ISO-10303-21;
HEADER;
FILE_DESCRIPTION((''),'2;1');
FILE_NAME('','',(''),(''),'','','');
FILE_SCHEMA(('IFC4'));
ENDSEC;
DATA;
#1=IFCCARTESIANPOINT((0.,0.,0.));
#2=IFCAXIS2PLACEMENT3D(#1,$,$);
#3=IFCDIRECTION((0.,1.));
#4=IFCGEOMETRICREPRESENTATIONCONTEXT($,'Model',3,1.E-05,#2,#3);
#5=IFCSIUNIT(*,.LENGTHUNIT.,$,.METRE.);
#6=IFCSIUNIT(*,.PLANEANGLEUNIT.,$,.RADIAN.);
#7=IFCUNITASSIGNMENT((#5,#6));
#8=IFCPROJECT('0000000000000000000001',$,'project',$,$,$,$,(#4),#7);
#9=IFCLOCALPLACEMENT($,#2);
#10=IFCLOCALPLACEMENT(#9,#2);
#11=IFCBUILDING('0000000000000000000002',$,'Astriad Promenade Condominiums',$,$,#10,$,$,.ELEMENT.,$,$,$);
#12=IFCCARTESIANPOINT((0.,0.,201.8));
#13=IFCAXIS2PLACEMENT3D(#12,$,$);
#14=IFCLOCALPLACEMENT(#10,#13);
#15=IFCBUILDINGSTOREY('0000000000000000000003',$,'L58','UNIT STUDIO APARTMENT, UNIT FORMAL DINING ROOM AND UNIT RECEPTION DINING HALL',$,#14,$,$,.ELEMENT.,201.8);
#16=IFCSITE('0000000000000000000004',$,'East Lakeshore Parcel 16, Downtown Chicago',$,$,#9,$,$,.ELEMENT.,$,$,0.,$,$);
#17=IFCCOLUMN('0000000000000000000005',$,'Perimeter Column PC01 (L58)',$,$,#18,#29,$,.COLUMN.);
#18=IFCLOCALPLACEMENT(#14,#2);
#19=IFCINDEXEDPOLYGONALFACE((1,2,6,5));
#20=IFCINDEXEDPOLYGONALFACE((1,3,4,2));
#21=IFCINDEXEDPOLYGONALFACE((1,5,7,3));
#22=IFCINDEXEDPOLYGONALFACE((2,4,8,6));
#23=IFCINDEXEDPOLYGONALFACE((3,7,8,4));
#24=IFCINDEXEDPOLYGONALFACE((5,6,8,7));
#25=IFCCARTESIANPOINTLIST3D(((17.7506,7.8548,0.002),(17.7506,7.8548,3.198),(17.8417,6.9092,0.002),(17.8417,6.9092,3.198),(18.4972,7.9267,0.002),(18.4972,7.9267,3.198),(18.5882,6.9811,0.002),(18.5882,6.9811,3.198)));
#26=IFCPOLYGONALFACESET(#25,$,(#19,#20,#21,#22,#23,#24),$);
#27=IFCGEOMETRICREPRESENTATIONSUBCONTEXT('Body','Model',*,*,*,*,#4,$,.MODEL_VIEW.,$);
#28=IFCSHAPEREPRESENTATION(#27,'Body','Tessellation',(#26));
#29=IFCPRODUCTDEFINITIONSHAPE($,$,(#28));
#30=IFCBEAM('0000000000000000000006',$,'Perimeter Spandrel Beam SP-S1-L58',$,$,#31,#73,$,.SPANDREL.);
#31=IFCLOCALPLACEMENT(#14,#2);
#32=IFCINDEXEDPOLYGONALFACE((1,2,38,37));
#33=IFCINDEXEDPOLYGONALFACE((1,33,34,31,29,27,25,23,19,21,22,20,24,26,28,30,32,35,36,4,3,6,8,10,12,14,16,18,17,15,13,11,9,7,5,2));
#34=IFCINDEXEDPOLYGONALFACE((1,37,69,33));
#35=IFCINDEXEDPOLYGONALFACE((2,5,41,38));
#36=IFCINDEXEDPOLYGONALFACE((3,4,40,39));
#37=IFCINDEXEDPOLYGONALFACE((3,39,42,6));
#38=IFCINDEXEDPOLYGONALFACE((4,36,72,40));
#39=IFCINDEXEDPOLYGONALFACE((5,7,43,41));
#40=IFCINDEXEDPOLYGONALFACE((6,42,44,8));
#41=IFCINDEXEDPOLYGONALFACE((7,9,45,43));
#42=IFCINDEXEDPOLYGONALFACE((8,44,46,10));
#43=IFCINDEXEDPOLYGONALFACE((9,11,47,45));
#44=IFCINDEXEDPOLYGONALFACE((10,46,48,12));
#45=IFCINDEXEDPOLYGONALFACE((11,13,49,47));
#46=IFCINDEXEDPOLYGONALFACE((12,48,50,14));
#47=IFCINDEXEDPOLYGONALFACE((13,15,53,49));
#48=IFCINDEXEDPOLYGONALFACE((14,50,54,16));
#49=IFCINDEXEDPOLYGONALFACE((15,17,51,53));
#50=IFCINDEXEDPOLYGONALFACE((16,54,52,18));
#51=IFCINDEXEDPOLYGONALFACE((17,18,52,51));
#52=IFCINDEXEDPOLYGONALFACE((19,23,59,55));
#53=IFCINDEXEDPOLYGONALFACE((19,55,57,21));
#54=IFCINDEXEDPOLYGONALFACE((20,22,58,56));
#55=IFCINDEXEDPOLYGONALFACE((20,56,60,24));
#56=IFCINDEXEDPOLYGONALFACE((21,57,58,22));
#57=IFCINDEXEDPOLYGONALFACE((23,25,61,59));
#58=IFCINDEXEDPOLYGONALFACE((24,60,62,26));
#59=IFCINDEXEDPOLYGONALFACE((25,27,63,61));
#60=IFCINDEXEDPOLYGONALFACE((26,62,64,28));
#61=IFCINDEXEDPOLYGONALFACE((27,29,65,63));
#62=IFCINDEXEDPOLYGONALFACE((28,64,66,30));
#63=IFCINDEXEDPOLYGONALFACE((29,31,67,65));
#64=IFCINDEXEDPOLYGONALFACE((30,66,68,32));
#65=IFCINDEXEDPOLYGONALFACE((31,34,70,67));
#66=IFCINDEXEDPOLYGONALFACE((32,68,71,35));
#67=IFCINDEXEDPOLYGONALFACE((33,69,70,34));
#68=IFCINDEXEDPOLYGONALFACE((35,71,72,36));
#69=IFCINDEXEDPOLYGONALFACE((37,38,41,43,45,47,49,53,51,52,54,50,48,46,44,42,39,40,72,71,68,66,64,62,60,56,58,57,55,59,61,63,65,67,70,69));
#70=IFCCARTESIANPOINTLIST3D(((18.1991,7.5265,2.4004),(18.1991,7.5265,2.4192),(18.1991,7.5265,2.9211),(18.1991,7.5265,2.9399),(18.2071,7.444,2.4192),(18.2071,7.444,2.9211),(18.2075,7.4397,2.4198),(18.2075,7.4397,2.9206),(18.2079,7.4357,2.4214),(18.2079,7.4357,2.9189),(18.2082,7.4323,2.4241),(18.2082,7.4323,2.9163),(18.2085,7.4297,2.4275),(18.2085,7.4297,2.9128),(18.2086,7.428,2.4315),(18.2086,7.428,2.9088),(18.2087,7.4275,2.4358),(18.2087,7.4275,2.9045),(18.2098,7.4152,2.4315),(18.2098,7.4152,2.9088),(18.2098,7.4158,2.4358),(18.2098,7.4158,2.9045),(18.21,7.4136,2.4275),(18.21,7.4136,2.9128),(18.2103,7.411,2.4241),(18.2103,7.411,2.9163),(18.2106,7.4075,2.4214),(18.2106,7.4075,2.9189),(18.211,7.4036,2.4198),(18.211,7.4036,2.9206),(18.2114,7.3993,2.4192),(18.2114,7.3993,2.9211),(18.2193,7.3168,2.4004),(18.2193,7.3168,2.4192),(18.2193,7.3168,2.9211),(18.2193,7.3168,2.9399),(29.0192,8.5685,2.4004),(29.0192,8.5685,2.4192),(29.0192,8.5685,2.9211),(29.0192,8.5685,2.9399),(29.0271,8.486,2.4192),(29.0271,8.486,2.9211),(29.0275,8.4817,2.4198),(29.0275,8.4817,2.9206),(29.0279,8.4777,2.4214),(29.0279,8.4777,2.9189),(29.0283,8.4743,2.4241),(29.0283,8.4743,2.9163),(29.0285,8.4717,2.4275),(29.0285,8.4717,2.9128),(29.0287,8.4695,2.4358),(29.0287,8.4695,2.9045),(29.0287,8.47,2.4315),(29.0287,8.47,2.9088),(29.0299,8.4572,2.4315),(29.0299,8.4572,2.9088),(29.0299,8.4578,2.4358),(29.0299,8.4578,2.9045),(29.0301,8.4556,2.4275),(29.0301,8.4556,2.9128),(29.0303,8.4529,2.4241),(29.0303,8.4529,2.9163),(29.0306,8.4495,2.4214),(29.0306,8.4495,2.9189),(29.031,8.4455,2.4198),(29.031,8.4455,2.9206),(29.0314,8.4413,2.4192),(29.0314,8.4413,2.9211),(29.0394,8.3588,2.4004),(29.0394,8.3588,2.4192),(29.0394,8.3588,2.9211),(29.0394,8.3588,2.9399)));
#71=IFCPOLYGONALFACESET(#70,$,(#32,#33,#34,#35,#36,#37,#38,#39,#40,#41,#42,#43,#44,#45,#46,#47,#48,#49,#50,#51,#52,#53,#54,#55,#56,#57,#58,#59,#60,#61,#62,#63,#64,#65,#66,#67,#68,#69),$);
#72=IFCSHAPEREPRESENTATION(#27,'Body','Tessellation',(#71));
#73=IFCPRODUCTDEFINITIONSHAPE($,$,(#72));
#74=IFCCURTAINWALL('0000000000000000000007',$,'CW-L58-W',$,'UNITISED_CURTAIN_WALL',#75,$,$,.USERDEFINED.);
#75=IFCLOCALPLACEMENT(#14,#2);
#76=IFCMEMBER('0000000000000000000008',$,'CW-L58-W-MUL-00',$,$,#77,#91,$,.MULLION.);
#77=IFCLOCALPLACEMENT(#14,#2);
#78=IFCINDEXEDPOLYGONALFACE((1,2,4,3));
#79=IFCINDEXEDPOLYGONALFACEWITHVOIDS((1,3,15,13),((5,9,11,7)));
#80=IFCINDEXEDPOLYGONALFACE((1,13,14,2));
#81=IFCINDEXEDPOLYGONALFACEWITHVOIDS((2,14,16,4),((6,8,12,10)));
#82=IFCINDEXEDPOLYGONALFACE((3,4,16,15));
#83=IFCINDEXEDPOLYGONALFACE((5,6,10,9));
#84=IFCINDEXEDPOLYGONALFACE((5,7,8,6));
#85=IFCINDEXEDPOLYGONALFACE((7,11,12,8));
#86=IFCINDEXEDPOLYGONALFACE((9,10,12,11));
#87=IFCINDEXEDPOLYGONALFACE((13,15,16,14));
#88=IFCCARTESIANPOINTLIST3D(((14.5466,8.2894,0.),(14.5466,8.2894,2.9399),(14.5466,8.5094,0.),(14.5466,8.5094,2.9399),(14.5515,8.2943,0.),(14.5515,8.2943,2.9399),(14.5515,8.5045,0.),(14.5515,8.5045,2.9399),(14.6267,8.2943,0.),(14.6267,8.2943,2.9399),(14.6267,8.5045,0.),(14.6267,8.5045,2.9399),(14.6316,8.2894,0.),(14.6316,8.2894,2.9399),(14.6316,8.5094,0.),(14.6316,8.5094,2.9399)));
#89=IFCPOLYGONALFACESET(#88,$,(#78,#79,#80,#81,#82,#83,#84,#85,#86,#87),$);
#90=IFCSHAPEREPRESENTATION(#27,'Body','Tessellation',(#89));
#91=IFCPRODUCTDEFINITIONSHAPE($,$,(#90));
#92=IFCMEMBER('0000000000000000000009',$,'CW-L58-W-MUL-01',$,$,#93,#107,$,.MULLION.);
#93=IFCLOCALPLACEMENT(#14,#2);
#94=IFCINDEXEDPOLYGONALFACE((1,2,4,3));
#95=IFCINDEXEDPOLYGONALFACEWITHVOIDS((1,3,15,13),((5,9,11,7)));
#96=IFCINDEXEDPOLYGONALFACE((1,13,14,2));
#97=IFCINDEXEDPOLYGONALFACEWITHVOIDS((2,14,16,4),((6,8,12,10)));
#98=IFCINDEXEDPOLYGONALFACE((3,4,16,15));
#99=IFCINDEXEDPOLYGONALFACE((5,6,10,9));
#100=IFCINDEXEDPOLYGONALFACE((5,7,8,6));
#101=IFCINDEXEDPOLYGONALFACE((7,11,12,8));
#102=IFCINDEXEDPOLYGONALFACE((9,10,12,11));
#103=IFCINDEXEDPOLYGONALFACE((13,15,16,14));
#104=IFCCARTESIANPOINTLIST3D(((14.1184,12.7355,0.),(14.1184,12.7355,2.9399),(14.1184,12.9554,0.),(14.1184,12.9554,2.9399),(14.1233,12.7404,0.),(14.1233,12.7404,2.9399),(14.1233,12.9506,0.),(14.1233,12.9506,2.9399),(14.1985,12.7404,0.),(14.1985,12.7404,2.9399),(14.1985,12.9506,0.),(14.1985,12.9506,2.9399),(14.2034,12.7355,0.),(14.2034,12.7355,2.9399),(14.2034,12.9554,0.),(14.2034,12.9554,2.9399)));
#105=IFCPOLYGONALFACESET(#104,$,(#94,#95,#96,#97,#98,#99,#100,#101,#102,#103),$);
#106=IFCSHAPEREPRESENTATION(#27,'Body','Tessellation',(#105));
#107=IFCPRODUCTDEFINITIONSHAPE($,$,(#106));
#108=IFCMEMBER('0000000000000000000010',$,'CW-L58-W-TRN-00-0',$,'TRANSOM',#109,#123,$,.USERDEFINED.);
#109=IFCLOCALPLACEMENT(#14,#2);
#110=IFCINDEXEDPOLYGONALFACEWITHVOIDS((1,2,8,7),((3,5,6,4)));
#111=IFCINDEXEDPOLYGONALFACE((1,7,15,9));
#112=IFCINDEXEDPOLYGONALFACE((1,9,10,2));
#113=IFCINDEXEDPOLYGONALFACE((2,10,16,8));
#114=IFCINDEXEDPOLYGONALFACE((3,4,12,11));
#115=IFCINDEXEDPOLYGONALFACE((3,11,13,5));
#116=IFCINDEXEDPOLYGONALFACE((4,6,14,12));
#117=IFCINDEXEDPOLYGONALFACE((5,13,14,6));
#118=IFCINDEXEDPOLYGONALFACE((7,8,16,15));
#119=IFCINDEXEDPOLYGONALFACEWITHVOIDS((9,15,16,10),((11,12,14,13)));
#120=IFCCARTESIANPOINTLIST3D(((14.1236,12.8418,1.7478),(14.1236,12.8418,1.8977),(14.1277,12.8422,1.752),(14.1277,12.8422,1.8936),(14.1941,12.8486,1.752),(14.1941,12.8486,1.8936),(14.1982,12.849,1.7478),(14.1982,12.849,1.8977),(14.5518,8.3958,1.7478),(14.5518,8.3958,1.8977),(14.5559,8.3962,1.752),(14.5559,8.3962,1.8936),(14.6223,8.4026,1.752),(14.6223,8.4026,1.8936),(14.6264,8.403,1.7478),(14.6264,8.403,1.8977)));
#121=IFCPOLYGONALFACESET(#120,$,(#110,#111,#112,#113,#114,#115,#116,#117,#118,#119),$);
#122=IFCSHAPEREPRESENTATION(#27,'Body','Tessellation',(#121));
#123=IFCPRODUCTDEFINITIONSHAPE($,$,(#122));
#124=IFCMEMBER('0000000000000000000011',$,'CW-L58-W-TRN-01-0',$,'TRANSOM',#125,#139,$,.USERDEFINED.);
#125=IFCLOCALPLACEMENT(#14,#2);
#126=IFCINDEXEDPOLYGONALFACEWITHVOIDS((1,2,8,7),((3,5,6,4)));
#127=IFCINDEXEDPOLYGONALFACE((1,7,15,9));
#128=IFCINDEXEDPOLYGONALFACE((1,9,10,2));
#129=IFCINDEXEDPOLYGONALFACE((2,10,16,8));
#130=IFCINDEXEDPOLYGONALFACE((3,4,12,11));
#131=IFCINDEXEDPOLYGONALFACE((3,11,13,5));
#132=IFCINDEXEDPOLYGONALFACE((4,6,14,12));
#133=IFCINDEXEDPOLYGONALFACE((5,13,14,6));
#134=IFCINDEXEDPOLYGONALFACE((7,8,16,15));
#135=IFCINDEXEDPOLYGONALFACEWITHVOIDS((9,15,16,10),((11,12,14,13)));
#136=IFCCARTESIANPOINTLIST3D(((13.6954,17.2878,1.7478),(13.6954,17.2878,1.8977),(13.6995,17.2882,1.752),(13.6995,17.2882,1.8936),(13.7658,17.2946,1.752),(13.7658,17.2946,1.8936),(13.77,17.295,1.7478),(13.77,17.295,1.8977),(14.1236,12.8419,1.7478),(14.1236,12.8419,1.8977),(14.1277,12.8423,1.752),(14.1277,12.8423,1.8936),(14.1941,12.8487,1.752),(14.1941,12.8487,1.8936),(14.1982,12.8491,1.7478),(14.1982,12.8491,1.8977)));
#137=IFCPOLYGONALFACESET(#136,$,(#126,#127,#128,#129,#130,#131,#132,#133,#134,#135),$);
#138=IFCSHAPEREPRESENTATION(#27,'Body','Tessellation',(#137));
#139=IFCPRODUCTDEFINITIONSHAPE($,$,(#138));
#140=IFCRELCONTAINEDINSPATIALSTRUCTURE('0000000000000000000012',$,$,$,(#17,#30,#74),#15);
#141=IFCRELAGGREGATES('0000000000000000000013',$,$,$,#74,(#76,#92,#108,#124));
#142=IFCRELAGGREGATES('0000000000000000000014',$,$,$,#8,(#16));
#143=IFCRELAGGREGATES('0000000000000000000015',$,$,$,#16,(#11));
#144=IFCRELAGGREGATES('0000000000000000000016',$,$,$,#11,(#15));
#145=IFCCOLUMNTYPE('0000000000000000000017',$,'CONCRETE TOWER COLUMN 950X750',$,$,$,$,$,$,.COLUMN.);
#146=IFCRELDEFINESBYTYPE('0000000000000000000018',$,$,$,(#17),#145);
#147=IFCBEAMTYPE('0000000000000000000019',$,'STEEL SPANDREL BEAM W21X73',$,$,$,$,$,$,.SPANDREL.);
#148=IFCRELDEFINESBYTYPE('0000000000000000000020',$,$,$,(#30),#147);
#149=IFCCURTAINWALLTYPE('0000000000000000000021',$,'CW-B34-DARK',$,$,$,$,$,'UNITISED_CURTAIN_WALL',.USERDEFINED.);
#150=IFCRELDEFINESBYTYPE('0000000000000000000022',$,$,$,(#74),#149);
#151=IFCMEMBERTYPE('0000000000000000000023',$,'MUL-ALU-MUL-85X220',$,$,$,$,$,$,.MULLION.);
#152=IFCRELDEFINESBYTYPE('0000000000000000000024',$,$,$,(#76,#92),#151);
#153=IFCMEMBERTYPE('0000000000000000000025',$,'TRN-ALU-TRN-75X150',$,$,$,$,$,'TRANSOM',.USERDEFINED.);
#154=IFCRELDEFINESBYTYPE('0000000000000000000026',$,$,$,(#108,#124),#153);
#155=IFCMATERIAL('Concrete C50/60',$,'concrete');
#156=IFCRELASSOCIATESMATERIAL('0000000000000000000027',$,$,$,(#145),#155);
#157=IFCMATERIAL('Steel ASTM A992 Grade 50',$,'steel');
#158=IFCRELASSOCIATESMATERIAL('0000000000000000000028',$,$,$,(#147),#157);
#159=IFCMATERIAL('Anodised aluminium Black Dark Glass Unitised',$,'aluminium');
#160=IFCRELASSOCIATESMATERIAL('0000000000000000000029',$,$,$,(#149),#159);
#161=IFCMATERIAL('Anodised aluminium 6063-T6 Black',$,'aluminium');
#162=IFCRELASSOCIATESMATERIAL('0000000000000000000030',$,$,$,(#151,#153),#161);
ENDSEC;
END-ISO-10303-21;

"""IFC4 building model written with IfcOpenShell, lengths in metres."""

from ifc_helpers import new_model, si_unit, direction, frame, origin, origin_2d, place, context, subcontext, project, spatial, rectangle, hollow_rectangle, i_section, extrude, source, transform, mapped, material, material_profile, profile_set, type_object, type_shapes, element, aggregate, save


model = new_model("IFC4")

# Units and contexts
model_context = context("Model", 3, precision=1e-05, world=origin(), true_north=direction((0.0, 1.0)))
body_context = subcontext(model_context, "Body", "Model", "MODEL_VIEW")
ifc_project = project(units=[si_unit("LENGTHUNIT", "METRE"), si_unit("PLANEANGLEUNIT", "RADIAN")], contexts=[model_context])

# Site, building, storey
site_placement = place(None, origin())
site = spatial("IfcSite", under=ifc_project, at=site_placement, Name="East Lakeshore Parcel 16, Downtown Chicago", CompositionType="ELEMENT", RefElevation=0.0)
building_placement = place(site_placement, origin())
building = spatial("IfcBuilding", under=site, at=building_placement, Name="Astriad Promenade Condominiums", CompositionType="ELEMENT")
storey_placement = place(building_placement, frame((0.0, 0.0, 201.8)))
storey = spatial("IfcBuildingStorey", under=building, at=storey_placement, Name="L58", Description="UNIT STUDIO APARTMENT, UNIT FORMAL DINING ROOM AND UNIT RECEPTION DINING HALL", CompositionType="ELEMENT", Elevation=201.8)

# Column
ifc_material_1 = material(Name="Concrete C50/60", Category="concrete")
ifc_material_profile_1 = material_profile(ifc_material_1, rectangle(XDim=0.75, YDim=0.95, at=origin_2d()), Name="RC-COL-950X750")
ifc_profile_set_1 = profile_set([ifc_material_profile_1], Name="Concrete C50/60")
column_type = type_object("IfcColumnType", Name="CONCRETE TOWER COLUMN 950X750", PredefinedType="COLUMN", material=ifc_profile_set_1)
shared_shape_1 = source(origin(), body_context, "Body", "SweptSolid", [
    extrude(rectangle(XDim=0.75, YDim=0.95, at=origin_2d()), origin(), (0.0, 0.0, 1.0), 3.196),
])
type_shapes(column_type, [shared_shape_1])
column_placement = place(storey_placement, frame((18.1694, 7.418, 0.002), z_axis=(0.0, 0.0, 1.0), x_axis=(0.995396, 0.095846, 0.0)))
element("IfcColumn", 1, at=column_placement, inside=storey, type_object=column_type, Name="Perimeter Column PC01 (L58)", PredefinedType="COLUMN", context=body_context, shape_type="MappedRepresentation", body=[
    mapped(shared_shape_1, transform((0.0, 0.0, 0.0), scale=1.0)),
])

# Beam
ifc_material_2 = material(Name="Steel ASTM A992 Grade 50", Category="steel")
ifc_material_profile_2 = material_profile(ifc_material_2, i_section(OverallWidth=0.2107, OverallDepth=0.5396, WebThickness=0.0117, FlangeThickness=0.0188, FilletRadius=0.0166, at=origin_2d()), Name="W21X73")
ifc_profile_set_2 = profile_set([ifc_material_profile_2], Name="Steel ASTM A992 Grade 50")
beam_type = type_object("IfcBeamType", Name="STEEL SPANDREL BEAM W21X73", PredefinedType="SPANDREL", material=ifc_profile_set_2)
shared_shape_2 = source(origin(), body_context, "Body", "SweptSolid", [
    extrude(i_section(OverallWidth=0.2107, OverallDepth=0.5396, WebThickness=0.0117, FlangeThickness=0.0188, FilletRadius=0.0166, at=origin_2d()), origin(), (0.0, 0.0, 1.0), 10.8701),
])
type_shapes(beam_type, [shared_shape_2])
beam_placement = place(storey_placement, frame((18.2092, 7.4216, 2.6702), z_axis=(0.995395, 0.095858, 0.0), x_axis=(-0.095858, 0.995395, 0.0)))
element("IfcBeam", 2, at=beam_placement, inside=storey, type_object=beam_type, Name="Perimeter Spandrel Beam SP-S1-L58", PredefinedType="SPANDREL", context=body_context, shape_type="MappedRepresentation", body=[
    mapped(shared_shape_2, transform((0.0, 0.0, 0.0), scale=1.0)),
])

# Curtain wall, members
ifc_material_3 = material(Name="Anodised aluminium Black Dark Glass Unitised", Category="aluminium")
curtain_wall_type = type_object("IfcCurtainWallType", Name="CW-B34-DARK", ElementType="UNITISED_CURTAIN_WALL", PredefinedType="USERDEFINED", material=ifc_material_3)
curtain_wall_placement = place(storey_placement, origin())
curtain_wall = element("IfcCurtainWall", 3, at=curtain_wall_placement, inside=storey, type_object=curtain_wall_type, Name="CW-L58-W", ObjectType="UNITISED_CURTAIN_WALL", PredefinedType="USERDEFINED")
ifc_material_4 = material(Name="Anodised aluminium 6063-T6 Black", Category="aluminium")
ifc_material_profile_3 = material_profile(ifc_material_4, hollow_rectangle(XDim=0.085, YDim=0.22, WallThickness=0.0049, at=origin_2d()), Name="ALU-MUL-85X220")
ifc_profile_set_3 = profile_set([ifc_material_profile_3], Name="Anodised aluminium 6063-T6 Black")
member_type_1 = type_object("IfcMemberType", Name="MUL-ALU-MUL-85X220", PredefinedType="MULLION", material=ifc_profile_set_3)
shared_shape_3 = source(origin(), body_context, "Body", "SweptSolid", [
    extrude(hollow_rectangle(XDim=0.085, YDim=0.22, WallThickness=0.0049, at=origin_2d()), origin(), (0.0, 0.0, 1.0), 2.9399),
])
type_shapes(member_type_1, [shared_shape_3])
member_1_placement = place(storey_placement, frame((14.5891, 8.3994, 0.0), z_axis=(0.0, 0.0, 1.0), x_axis=(1.0, 0.0, 0.0)))
member_1 = element("IfcMember", 4, at=member_1_placement, type_object=member_type_1, Name="CW-L58-W-MUL-00", PredefinedType="MULLION", context=body_context, shape_type="MappedRepresentation", body=[
    mapped(shared_shape_3, transform((0.0, 0.0, 0.0), scale=1.0)),
])
member_2_placement = place(storey_placement, frame((14.1609, 12.8455, 0.0), z_axis=(0.0, 0.0, 1.0), x_axis=(1.0, 0.0, 0.0)))
member_2 = element("IfcMember", 5, at=member_2_placement, type_object=member_type_1, Name="CW-L58-W-MUL-01", PredefinedType="MULLION", context=body_context, shape_type="MappedRepresentation", body=[
    mapped(shared_shape_3, transform((0.0, 0.0, 0.0), scale=1.0)),
])
ifc_material_profile_4 = material_profile(ifc_material_4, hollow_rectangle(XDim=0.075, YDim=0.1499, WallThickness=0.0042, at=origin_2d()), Name="ALU-TRN-75X150")
ifc_profile_set_4 = profile_set([ifc_material_profile_4], Name="Anodised aluminium 6063-T6 Black")
member_type_2 = type_object("IfcMemberType", Name="TRN-ALU-TRN-75X150", ElementType="TRANSOM", PredefinedType="USERDEFINED", material=ifc_profile_set_4)
shared_shape_4 = source(origin(), body_context, "Body", "SweptSolid", [
    extrude(hollow_rectangle(XDim=0.075, YDim=0.1499, WallThickness=0.0042, at=origin_2d()), origin(), (0.0, 0.0, 1.0), 4.4666),
])
type_shapes(member_type_2, [shared_shape_4])
member_3_placement = place(storey_placement, frame((14.5891, 8.3994, 1.8228), z_axis=(-0.095872, 0.995394, 0.0), x_axis=(-0.995394, -0.095872, 0.0)))
member_3 = element("IfcMember", 6, at=member_3_placement, type_object=member_type_2, Name="CW-L58-W-TRN-00-0", ObjectType="TRANSOM", PredefinedType="USERDEFINED", context=body_context, shape_type="MappedRepresentation", body=[
    mapped(shared_shape_4, transform((0.0, 0.0, 0.0), scale=1.0)),
])
member_4_placement = place(storey_placement, frame((14.1609, 12.8455, 1.8228), z_axis=(-0.095872, 0.995394, 0.0), x_axis=(-0.995394, -0.095872, 0.0)))
member_4 = element("IfcMember", 7, at=member_4_placement, type_object=member_type_2, Name="CW-L58-W-TRN-01-0", ObjectType="TRANSOM", PredefinedType="USERDEFINED", context=body_context, shape_type="MappedRepresentation", body=[
    mapped(shared_shape_4, transform((0.0, 0.0, 0.0), scale=1.0)),
])

aggregate(curtain_wall, [member_1, member_2, member_3, member_4])

save(model, "model.ifc")
